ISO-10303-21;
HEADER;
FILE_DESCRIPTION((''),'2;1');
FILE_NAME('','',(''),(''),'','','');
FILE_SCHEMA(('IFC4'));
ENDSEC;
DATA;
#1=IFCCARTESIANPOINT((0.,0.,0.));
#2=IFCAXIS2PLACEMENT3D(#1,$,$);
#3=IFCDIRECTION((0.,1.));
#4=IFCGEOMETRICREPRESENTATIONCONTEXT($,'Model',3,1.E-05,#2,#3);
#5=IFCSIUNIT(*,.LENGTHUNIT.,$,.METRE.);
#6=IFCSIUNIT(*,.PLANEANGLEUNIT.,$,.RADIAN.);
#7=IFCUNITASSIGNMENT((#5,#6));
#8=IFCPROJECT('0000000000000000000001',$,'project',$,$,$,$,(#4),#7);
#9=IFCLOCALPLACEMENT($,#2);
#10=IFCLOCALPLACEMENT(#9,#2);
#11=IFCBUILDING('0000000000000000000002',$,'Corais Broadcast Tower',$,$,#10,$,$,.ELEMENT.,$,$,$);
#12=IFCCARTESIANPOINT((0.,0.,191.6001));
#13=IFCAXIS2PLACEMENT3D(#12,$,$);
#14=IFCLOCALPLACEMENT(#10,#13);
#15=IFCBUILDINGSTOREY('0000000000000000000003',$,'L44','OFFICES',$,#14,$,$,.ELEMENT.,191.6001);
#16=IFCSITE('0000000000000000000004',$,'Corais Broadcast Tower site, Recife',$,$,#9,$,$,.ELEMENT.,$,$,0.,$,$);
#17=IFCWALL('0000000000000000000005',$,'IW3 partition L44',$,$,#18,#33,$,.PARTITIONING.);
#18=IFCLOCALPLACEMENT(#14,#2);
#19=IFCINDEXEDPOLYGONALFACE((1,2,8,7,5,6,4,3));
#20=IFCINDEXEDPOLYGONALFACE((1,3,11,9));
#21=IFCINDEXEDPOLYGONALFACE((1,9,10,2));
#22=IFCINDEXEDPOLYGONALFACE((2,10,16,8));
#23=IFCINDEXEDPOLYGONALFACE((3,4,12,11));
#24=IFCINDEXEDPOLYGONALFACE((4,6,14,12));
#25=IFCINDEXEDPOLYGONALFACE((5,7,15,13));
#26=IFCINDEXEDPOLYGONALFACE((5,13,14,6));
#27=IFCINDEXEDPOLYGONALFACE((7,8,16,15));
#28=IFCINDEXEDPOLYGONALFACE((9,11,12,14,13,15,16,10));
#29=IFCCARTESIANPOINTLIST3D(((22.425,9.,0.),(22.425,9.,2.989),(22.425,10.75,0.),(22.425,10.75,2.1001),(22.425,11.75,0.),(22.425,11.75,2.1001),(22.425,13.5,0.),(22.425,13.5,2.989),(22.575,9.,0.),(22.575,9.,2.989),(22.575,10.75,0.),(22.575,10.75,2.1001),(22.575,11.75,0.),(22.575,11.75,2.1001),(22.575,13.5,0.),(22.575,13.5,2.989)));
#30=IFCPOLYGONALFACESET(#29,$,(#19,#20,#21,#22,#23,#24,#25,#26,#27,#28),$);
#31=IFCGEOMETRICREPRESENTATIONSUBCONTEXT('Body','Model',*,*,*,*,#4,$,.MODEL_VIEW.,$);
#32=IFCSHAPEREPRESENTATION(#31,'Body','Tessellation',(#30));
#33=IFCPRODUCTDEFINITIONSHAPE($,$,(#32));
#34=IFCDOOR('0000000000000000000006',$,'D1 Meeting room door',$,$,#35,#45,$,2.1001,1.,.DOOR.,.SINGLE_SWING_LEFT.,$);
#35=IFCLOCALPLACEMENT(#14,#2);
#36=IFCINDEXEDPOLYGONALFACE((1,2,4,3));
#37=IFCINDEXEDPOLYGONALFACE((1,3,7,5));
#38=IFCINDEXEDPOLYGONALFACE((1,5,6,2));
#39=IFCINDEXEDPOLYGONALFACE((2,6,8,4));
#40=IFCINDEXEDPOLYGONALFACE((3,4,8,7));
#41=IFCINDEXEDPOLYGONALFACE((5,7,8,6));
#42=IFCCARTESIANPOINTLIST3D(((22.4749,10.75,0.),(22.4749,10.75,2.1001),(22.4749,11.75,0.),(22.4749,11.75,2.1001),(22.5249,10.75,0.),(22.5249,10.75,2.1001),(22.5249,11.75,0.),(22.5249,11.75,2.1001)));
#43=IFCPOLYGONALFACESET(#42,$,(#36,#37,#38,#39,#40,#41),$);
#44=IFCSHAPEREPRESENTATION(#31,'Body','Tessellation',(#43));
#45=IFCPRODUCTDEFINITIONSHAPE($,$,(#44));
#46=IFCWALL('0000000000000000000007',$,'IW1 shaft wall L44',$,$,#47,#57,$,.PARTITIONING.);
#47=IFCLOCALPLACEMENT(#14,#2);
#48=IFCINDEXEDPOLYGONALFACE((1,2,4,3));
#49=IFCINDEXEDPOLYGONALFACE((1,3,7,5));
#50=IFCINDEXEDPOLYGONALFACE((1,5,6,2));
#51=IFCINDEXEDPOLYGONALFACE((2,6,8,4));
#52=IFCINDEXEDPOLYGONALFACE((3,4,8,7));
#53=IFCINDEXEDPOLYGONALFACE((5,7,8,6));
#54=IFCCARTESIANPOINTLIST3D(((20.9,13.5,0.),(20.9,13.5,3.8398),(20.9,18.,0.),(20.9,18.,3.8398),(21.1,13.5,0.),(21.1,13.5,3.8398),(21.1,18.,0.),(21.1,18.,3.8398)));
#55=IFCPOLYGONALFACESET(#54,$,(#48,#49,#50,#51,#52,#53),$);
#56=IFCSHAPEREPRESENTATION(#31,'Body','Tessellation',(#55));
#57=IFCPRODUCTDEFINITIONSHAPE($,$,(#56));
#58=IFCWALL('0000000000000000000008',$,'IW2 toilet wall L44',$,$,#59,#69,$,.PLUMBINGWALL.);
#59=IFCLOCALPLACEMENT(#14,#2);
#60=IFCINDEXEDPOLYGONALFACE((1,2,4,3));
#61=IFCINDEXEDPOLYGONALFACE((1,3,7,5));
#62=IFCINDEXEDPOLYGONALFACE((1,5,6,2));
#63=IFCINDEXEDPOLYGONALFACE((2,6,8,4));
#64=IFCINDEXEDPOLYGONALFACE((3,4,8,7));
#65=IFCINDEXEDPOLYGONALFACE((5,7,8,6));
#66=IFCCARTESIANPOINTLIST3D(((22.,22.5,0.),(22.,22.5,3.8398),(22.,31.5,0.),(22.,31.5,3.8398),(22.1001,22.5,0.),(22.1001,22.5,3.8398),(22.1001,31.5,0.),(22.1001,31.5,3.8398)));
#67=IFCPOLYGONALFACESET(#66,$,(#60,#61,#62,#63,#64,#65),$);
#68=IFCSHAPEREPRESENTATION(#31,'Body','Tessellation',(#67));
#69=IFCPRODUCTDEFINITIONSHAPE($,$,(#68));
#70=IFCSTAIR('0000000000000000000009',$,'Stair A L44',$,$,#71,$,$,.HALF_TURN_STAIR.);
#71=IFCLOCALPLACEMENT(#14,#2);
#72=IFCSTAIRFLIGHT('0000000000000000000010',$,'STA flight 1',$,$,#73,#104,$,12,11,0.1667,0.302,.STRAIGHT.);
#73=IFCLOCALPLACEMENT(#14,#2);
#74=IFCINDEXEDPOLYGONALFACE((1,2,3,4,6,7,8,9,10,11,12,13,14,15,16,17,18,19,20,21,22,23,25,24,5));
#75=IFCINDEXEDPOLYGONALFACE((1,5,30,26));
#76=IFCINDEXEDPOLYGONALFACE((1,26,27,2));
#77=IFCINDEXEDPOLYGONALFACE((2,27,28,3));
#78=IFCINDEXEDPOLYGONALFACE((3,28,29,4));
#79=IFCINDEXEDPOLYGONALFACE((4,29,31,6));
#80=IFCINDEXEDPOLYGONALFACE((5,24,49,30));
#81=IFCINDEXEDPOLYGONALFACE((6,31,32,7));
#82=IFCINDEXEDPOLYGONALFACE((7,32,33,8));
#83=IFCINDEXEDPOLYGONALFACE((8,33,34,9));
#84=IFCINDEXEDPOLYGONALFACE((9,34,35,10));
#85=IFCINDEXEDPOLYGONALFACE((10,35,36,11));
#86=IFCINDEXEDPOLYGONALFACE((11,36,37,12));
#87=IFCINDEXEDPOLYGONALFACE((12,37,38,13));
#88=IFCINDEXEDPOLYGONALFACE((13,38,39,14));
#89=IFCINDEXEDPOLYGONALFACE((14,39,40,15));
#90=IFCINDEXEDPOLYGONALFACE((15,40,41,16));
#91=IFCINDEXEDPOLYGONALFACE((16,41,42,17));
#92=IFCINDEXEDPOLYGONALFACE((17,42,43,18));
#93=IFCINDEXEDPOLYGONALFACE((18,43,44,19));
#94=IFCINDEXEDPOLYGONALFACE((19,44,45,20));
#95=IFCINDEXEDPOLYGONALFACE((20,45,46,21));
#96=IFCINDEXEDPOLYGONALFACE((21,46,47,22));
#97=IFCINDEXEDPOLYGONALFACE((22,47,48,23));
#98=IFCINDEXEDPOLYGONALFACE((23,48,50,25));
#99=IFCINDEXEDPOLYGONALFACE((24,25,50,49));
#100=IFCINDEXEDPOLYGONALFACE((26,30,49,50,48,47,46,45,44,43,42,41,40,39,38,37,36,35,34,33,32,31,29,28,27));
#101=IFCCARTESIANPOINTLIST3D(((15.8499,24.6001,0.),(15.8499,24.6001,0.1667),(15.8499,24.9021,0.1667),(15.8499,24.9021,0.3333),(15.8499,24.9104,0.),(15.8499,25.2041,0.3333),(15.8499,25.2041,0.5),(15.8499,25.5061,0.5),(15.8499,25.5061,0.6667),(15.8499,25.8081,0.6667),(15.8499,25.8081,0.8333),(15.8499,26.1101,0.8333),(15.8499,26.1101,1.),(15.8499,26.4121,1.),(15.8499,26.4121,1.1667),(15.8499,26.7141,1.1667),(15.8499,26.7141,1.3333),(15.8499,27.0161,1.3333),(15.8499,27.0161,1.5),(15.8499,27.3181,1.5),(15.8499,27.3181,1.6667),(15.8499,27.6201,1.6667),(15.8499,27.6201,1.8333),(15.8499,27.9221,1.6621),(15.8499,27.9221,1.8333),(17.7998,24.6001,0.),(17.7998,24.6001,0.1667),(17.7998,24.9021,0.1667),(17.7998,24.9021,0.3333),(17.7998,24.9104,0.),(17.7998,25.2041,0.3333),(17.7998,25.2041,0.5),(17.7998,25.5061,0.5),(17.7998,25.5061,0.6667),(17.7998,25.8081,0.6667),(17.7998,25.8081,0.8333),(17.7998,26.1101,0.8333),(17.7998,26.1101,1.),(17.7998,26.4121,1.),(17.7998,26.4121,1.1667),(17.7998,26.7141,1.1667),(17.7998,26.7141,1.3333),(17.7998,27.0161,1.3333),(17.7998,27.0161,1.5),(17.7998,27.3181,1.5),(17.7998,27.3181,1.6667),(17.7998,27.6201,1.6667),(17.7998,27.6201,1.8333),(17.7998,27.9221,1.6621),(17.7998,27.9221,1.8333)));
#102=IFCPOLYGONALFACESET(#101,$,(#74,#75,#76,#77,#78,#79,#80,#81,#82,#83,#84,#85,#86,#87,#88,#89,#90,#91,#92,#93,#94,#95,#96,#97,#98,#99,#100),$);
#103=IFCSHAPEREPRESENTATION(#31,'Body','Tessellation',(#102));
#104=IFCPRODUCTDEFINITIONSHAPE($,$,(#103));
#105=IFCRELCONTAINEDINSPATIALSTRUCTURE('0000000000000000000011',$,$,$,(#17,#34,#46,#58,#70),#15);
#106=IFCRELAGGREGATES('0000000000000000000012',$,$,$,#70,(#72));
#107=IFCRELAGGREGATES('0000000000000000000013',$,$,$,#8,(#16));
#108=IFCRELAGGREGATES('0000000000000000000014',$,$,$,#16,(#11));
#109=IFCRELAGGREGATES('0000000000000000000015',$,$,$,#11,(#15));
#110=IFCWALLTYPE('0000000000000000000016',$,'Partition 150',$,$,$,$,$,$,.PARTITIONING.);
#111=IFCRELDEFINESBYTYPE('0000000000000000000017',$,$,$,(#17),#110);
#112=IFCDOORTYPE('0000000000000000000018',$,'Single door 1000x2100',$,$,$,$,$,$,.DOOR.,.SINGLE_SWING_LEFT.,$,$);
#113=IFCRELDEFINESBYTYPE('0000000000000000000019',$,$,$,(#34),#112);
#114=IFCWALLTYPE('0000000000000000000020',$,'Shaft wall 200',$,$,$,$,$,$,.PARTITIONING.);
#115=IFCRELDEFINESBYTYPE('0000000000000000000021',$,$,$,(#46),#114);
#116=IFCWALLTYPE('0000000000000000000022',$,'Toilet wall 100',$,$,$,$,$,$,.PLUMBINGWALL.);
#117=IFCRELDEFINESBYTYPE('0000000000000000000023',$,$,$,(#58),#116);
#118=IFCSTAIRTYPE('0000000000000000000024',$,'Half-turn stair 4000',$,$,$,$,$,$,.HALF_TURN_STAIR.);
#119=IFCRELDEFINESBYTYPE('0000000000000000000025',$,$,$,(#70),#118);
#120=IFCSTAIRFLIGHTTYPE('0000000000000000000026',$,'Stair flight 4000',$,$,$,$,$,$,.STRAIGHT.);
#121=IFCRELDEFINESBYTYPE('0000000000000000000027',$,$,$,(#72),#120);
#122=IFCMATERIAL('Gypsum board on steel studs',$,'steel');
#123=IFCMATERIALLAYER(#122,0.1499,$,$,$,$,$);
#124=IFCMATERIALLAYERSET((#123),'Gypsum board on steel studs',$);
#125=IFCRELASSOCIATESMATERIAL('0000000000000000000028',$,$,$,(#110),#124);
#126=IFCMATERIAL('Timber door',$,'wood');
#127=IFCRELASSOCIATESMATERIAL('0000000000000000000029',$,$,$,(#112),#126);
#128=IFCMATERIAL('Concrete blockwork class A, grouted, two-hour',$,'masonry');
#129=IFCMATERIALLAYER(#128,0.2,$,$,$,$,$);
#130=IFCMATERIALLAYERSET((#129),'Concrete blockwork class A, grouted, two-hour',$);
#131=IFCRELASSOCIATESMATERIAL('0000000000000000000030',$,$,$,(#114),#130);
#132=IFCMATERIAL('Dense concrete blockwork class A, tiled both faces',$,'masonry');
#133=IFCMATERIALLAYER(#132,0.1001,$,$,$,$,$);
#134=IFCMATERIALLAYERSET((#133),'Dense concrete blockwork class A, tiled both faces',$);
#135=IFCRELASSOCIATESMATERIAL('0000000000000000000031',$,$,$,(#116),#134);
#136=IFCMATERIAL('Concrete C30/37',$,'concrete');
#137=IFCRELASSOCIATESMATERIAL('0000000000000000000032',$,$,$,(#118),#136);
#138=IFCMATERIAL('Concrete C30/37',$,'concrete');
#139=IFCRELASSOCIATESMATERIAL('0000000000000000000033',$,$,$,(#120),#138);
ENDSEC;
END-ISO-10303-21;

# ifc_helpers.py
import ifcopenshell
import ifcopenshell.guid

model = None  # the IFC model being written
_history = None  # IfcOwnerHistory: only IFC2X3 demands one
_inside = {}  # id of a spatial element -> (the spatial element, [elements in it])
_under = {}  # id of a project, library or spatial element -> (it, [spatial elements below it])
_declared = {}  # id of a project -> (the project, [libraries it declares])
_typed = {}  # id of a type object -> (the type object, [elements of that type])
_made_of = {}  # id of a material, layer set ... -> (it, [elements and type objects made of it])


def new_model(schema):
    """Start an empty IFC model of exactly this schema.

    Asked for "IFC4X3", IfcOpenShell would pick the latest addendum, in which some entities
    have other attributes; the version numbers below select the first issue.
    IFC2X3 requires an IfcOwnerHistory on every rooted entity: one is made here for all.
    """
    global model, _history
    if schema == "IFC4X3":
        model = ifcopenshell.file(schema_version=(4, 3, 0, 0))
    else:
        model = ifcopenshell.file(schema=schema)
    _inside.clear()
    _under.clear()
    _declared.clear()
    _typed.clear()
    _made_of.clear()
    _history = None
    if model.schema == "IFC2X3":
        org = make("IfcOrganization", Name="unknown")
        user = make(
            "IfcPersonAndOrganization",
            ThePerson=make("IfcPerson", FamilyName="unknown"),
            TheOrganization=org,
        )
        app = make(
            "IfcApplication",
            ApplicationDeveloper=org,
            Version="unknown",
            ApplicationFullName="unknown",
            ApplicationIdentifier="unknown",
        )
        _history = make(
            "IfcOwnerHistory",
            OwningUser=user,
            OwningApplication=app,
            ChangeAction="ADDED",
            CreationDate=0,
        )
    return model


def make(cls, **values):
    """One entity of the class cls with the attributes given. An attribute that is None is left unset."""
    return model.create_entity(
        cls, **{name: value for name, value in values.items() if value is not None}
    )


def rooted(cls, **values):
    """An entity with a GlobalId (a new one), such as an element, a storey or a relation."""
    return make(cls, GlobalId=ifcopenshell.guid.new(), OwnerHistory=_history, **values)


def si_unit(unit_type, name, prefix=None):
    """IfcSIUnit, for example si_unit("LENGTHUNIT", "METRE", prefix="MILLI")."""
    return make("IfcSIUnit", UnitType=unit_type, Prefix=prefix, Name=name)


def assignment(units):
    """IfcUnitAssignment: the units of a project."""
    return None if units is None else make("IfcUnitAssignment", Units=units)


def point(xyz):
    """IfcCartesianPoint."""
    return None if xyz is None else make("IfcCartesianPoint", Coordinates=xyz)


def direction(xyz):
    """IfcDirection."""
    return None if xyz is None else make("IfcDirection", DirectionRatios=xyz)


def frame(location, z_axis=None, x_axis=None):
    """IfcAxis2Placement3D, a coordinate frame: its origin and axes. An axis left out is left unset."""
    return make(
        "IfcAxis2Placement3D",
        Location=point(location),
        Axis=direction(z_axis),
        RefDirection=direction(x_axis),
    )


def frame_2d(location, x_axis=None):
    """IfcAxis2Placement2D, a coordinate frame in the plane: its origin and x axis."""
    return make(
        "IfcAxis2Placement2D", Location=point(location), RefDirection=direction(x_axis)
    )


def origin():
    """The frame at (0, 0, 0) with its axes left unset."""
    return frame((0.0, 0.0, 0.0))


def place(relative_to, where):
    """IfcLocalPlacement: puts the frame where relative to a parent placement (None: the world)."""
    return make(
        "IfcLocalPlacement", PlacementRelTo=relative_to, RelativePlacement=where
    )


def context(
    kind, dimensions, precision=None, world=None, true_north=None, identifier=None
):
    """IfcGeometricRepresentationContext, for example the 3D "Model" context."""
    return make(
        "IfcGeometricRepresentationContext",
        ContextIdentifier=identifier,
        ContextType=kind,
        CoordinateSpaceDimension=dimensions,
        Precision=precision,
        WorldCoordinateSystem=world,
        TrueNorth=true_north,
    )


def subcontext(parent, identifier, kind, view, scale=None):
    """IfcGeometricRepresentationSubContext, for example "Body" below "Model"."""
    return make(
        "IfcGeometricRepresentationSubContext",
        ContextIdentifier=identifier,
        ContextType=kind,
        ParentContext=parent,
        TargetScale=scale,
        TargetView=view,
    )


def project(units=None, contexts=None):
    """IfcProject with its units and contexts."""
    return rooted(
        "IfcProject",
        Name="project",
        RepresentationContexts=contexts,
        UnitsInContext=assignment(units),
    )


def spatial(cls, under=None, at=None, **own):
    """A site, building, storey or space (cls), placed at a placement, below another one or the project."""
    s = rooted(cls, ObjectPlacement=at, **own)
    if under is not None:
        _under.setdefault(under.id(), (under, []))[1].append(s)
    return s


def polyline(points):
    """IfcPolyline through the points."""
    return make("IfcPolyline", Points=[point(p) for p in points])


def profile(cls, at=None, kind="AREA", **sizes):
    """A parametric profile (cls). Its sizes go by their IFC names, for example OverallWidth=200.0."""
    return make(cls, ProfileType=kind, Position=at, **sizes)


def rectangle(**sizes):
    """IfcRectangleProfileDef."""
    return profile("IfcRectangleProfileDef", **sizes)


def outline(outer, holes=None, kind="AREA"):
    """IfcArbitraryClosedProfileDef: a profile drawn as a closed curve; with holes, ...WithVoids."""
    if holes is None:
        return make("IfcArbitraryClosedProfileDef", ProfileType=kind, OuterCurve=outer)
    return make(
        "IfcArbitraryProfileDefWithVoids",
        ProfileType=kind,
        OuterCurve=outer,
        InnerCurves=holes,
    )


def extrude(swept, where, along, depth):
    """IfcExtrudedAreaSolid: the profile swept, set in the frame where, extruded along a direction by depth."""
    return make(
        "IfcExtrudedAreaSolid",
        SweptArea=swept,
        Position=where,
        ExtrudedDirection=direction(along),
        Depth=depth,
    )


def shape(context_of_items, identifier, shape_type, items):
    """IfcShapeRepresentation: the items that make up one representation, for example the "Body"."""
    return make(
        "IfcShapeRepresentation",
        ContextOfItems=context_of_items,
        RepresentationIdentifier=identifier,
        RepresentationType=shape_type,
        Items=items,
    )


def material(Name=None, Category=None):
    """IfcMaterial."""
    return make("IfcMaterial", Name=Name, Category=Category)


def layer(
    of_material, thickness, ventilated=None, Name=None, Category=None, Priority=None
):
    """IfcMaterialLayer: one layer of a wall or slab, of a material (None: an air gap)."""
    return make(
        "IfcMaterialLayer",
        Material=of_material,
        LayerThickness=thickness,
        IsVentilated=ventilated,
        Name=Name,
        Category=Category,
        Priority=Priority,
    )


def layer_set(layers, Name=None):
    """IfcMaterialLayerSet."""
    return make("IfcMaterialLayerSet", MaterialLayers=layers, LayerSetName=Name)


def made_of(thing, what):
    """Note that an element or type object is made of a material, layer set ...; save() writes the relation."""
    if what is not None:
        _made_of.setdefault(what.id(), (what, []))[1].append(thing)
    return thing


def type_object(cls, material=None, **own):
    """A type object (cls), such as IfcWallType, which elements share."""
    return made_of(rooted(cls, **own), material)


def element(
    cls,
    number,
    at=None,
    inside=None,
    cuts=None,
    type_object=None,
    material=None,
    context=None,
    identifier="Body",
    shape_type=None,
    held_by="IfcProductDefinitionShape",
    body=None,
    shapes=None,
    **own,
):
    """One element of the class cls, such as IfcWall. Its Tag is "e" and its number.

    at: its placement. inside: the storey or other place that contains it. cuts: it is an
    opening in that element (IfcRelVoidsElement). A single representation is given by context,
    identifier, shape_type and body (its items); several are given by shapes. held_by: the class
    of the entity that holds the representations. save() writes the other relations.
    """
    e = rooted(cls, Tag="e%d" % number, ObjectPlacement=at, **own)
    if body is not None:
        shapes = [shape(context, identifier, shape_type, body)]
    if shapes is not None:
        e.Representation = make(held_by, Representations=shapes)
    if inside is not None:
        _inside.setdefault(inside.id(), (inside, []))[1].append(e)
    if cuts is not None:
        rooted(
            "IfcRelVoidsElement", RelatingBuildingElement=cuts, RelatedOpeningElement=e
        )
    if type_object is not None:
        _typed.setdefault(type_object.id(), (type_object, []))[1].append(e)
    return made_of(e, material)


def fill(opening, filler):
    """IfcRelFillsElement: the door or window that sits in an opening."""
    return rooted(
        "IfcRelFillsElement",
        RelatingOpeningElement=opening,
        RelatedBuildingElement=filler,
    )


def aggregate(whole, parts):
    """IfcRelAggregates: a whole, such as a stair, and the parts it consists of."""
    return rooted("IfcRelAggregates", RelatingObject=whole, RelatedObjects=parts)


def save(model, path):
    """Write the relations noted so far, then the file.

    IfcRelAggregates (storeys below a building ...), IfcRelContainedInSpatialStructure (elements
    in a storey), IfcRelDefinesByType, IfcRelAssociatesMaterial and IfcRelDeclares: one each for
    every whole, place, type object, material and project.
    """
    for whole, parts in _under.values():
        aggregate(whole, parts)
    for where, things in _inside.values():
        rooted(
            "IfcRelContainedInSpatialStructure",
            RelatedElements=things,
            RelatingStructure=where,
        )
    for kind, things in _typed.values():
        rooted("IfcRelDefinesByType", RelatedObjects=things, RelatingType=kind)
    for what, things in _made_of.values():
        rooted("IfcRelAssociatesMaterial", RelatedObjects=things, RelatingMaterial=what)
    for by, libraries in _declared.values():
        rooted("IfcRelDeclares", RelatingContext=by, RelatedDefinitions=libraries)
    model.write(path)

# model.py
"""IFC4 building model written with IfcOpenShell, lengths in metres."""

from ifc_helpers import new_model, si_unit, direction, frame, frame_2d, origin, place, context, subcontext, project, spatial, polyline, rectangle, outline, extrude, material, layer, layer_set, type_object, element, fill, aggregate, save


model = new_model("IFC4")

# Units and contexts
model_context = context("Model", 3, precision=1e-05, world=origin(), true_north=direction((0.0, 1.0)))
body_context = subcontext(model_context, "Body", "Model", "MODEL_VIEW")
ifc_project = project(units=[si_unit("LENGTHUNIT", "METRE"), si_unit("PLANEANGLEUNIT", "RADIAN")], contexts=[model_context])

# Site, building, storey
site_placement = place(None, origin())
site = spatial("IfcSite", under=ifc_project, at=site_placement, Name="Corais Broadcast Tower site, Recife", CompositionType="ELEMENT", RefElevation=0.0)
building_placement = place(site_placement, origin())
building = spatial("IfcBuilding", under=site, at=building_placement, Name="Corais Broadcast Tower", CompositionType="ELEMENT")
storey_placement = place(building_placement, frame((0.0, 0.0, 191.6001)))
storey = spatial("IfcBuildingStorey", under=building, at=storey_placement, Name="L44", Description="OFFICES", CompositionType="ELEMENT", Elevation=191.6001)

# Shared definitions
ifc_material_1 = material(Name="Gypsum board on steel studs", Category="steel")
ifc_layer_1 = layer(ifc_material_1, 0.1499)
ifc_layer_set_1 = layer_set([ifc_layer_1], Name="Gypsum board on steel studs")
wall_type_1 = type_object("IfcWallType", Name="Partition 150", PredefinedType="PARTITIONING", material=ifc_layer_set_1)

# Wall, opening, door
wall_1_placement = place(storey_placement, frame((22.5, 13.5, 0.0), z_axis=(0.0, 0.0, 1.0), x_axis=(0.0, -1.0, 0.0)))
wall_1 = element("IfcWall", 1, at=wall_1_placement, inside=storey, type_object=wall_type_1, Name="IW3 partition L44", PredefinedType="PARTITIONING", context=body_context, shape_type="SweptSolid", body=[
    extrude(rectangle(XDim=4.5, YDim=0.1499, at=frame_2d((2.25, 0.0))), origin(), (0.0, 0.0, 1.0), 2.989),
])
opening_1_placement = place(wall_1_placement, frame((1.75, 0.0, 0.0)))
opening_1 = element("IfcOpeningElement", 2, at=opening_1_placement, cuts=wall_1, PredefinedType="OPENING", context=body_context, shape_type="SweptSolid", body=[
    extrude(rectangle(XDim=1.0, YDim=2.1001, at=frame_2d((0.5, 1.05))), frame((0.0, 0.085, 0.0), z_axis=(0.0, -1.0, 0.0), x_axis=(1.0, 0.0, 0.0)), (0.0, 0.0, 1.0), 0.1699),
])
ifc_material_2 = material(Name="Timber door", Category="wood")
door_type_1 = type_object("IfcDoorType", Name="Single door 1000x2100", OperationType="SINGLE_SWING_LEFT", PredefinedType="DOOR", material=ifc_material_2)
door_1_placement = place(opening_1_placement, origin())
door_1 = element("IfcDoor", 3, at=door_1_placement, inside=storey, type_object=door_type_1, Name="D1 Meeting room door", OperationType="SINGLE_SWING_LEFT", OverallHeight=2.1001, OverallWidth=1.0, PredefinedType="DOOR", context=body_context, shape_type="SweptSolid", body=[
    extrude(rectangle(XDim=1.0, YDim=2.1001, at=frame_2d((0.5, 1.05))), frame((0.0, 0.0249, 0.0), z_axis=(0.0, -1.0, 0.0), x_axis=(1.0, 0.0, 0.0)), (0.0, 0.0, 1.0), 0.05),
])
fill(opening_1, door_1)

# Walls
ifc_material_3 = material(Name="Concrete blockwork class A, grouted, two-hour", Category="masonry")
ifc_layer_2 = layer(ifc_material_3, 0.2)
ifc_layer_set_2 = layer_set([ifc_layer_2], Name="Concrete blockwork class A, grouted, two-hour")
wall_type_2 = type_object("IfcWallType", Name="Shaft wall 200", PredefinedType="PARTITIONING", material=ifc_layer_set_2)
wall_2_placement = place(storey_placement, frame((21.0, 13.5, 0.0), z_axis=(0.0, 0.0, 1.0), x_axis=(0.0, 1.0, 0.0)))
element("IfcWall", 4, at=wall_2_placement, inside=storey, type_object=wall_type_2, Name="IW1 shaft wall L44", PredefinedType="PARTITIONING", context=body_context, shape_type="SweptSolid", body=[
    extrude(rectangle(XDim=4.5, YDim=0.2, at=frame_2d((2.25, 0.0))), origin(), (0.0, 0.0, 1.0), 3.8398),
])
ifc_material_4 = material(Name="Dense concrete blockwork class A, tiled both faces", Category="masonry")
ifc_layer_3 = layer(ifc_material_4, 0.1001)
ifc_layer_set_3 = layer_set([ifc_layer_3], Name="Dense concrete blockwork class A, tiled both faces")
wall_type_3 = type_object("IfcWallType", Name="Toilet wall 100", PredefinedType="PLUMBINGWALL", material=ifc_layer_set_3)
wall_3_placement = place(storey_placement, frame((22.05, 22.5, 0.0), z_axis=(0.0, 0.0, 1.0), x_axis=(0.0, 1.0, 0.0)))
element("IfcWall", 5, at=wall_3_placement, inside=storey, type_object=wall_type_3, Name="IW2 toilet wall L44", PredefinedType="PLUMBINGWALL", context=body_context, shape_type="SweptSolid", body=[
    extrude(rectangle(XDim=9.0, YDim=0.1001, at=frame_2d((4.5, 0.0))), origin(), (0.0, 0.0, 1.0), 3.8398),
])

# Stair, stair flight
ifc_material_5 = material(Name="Concrete C30/37", Category="concrete")
stair_type = type_object("IfcStairType", Name="Half-turn stair 4000", PredefinedType="HALF_TURN_STAIR", material=ifc_material_5)
stair_placement = place(storey_placement, origin())
stair = element("IfcStair", 6, at=stair_placement, inside=storey, type_object=stair_type, Name="Stair A L44", PredefinedType="HALF_TURN_STAIR")
ifc_material_6 = material(Name="Concrete C30/37", Category="concrete")
stair_flight_type = type_object("IfcStairFlightType", Name="Stair flight 4000", PredefinedType="STRAIGHT", material=ifc_material_6)
stair_flight_placement = place(storey_placement, frame((16.825, 24.6001, 0.0), z_axis=(0.0, 0.0, 1.0), x_axis=(0.0, 1.0, 0.0)))
stair_flight = element("IfcStairFlight", 7, at=stair_flight_placement, type_object=stair_flight_type, Name="STA flight 1", NumberOfRisers=12, NumberOfTreads=11, PredefinedType="STRAIGHT", RiserHeight=0.1667, TreadLength=0.302, context=body_context, shape_type="SweptSolid", body=[
    extrude(outline(polyline([(0.0, 0.0), (0.0, 0.1667), (0.302, 0.1667), (0.302, 0.3333), (0.604, 0.3333), (0.604, 0.5), (0.906, 0.5), (0.906, 0.6667), (1.208, 0.6667), (1.208, 0.8333), (1.51, 0.8333), (1.51, 1.0), (1.812, 1.0), (1.812, 1.1667), (2.114, 1.1667), (2.114, 1.3333), (2.416, 1.3333), (2.416, 1.5), (2.718, 1.5), (2.718, 1.6667), (3.02, 1.6667), (3.02, 1.8333), (3.322, 1.8333), (3.322, 2.0), (3.322, 1.6621), (0.3103, 0.0), (0.0, 0.0)])), frame((0.0, 0.9751, 0.0), z_axis=(0.0, -1.0, 0.0), x_axis=(1.0, 0.0, 0.0)), (0.0, 0.0, 1.0), 1.95),
])
aggregate(stair, [stair_flight])

save(model, "model.ifc")
